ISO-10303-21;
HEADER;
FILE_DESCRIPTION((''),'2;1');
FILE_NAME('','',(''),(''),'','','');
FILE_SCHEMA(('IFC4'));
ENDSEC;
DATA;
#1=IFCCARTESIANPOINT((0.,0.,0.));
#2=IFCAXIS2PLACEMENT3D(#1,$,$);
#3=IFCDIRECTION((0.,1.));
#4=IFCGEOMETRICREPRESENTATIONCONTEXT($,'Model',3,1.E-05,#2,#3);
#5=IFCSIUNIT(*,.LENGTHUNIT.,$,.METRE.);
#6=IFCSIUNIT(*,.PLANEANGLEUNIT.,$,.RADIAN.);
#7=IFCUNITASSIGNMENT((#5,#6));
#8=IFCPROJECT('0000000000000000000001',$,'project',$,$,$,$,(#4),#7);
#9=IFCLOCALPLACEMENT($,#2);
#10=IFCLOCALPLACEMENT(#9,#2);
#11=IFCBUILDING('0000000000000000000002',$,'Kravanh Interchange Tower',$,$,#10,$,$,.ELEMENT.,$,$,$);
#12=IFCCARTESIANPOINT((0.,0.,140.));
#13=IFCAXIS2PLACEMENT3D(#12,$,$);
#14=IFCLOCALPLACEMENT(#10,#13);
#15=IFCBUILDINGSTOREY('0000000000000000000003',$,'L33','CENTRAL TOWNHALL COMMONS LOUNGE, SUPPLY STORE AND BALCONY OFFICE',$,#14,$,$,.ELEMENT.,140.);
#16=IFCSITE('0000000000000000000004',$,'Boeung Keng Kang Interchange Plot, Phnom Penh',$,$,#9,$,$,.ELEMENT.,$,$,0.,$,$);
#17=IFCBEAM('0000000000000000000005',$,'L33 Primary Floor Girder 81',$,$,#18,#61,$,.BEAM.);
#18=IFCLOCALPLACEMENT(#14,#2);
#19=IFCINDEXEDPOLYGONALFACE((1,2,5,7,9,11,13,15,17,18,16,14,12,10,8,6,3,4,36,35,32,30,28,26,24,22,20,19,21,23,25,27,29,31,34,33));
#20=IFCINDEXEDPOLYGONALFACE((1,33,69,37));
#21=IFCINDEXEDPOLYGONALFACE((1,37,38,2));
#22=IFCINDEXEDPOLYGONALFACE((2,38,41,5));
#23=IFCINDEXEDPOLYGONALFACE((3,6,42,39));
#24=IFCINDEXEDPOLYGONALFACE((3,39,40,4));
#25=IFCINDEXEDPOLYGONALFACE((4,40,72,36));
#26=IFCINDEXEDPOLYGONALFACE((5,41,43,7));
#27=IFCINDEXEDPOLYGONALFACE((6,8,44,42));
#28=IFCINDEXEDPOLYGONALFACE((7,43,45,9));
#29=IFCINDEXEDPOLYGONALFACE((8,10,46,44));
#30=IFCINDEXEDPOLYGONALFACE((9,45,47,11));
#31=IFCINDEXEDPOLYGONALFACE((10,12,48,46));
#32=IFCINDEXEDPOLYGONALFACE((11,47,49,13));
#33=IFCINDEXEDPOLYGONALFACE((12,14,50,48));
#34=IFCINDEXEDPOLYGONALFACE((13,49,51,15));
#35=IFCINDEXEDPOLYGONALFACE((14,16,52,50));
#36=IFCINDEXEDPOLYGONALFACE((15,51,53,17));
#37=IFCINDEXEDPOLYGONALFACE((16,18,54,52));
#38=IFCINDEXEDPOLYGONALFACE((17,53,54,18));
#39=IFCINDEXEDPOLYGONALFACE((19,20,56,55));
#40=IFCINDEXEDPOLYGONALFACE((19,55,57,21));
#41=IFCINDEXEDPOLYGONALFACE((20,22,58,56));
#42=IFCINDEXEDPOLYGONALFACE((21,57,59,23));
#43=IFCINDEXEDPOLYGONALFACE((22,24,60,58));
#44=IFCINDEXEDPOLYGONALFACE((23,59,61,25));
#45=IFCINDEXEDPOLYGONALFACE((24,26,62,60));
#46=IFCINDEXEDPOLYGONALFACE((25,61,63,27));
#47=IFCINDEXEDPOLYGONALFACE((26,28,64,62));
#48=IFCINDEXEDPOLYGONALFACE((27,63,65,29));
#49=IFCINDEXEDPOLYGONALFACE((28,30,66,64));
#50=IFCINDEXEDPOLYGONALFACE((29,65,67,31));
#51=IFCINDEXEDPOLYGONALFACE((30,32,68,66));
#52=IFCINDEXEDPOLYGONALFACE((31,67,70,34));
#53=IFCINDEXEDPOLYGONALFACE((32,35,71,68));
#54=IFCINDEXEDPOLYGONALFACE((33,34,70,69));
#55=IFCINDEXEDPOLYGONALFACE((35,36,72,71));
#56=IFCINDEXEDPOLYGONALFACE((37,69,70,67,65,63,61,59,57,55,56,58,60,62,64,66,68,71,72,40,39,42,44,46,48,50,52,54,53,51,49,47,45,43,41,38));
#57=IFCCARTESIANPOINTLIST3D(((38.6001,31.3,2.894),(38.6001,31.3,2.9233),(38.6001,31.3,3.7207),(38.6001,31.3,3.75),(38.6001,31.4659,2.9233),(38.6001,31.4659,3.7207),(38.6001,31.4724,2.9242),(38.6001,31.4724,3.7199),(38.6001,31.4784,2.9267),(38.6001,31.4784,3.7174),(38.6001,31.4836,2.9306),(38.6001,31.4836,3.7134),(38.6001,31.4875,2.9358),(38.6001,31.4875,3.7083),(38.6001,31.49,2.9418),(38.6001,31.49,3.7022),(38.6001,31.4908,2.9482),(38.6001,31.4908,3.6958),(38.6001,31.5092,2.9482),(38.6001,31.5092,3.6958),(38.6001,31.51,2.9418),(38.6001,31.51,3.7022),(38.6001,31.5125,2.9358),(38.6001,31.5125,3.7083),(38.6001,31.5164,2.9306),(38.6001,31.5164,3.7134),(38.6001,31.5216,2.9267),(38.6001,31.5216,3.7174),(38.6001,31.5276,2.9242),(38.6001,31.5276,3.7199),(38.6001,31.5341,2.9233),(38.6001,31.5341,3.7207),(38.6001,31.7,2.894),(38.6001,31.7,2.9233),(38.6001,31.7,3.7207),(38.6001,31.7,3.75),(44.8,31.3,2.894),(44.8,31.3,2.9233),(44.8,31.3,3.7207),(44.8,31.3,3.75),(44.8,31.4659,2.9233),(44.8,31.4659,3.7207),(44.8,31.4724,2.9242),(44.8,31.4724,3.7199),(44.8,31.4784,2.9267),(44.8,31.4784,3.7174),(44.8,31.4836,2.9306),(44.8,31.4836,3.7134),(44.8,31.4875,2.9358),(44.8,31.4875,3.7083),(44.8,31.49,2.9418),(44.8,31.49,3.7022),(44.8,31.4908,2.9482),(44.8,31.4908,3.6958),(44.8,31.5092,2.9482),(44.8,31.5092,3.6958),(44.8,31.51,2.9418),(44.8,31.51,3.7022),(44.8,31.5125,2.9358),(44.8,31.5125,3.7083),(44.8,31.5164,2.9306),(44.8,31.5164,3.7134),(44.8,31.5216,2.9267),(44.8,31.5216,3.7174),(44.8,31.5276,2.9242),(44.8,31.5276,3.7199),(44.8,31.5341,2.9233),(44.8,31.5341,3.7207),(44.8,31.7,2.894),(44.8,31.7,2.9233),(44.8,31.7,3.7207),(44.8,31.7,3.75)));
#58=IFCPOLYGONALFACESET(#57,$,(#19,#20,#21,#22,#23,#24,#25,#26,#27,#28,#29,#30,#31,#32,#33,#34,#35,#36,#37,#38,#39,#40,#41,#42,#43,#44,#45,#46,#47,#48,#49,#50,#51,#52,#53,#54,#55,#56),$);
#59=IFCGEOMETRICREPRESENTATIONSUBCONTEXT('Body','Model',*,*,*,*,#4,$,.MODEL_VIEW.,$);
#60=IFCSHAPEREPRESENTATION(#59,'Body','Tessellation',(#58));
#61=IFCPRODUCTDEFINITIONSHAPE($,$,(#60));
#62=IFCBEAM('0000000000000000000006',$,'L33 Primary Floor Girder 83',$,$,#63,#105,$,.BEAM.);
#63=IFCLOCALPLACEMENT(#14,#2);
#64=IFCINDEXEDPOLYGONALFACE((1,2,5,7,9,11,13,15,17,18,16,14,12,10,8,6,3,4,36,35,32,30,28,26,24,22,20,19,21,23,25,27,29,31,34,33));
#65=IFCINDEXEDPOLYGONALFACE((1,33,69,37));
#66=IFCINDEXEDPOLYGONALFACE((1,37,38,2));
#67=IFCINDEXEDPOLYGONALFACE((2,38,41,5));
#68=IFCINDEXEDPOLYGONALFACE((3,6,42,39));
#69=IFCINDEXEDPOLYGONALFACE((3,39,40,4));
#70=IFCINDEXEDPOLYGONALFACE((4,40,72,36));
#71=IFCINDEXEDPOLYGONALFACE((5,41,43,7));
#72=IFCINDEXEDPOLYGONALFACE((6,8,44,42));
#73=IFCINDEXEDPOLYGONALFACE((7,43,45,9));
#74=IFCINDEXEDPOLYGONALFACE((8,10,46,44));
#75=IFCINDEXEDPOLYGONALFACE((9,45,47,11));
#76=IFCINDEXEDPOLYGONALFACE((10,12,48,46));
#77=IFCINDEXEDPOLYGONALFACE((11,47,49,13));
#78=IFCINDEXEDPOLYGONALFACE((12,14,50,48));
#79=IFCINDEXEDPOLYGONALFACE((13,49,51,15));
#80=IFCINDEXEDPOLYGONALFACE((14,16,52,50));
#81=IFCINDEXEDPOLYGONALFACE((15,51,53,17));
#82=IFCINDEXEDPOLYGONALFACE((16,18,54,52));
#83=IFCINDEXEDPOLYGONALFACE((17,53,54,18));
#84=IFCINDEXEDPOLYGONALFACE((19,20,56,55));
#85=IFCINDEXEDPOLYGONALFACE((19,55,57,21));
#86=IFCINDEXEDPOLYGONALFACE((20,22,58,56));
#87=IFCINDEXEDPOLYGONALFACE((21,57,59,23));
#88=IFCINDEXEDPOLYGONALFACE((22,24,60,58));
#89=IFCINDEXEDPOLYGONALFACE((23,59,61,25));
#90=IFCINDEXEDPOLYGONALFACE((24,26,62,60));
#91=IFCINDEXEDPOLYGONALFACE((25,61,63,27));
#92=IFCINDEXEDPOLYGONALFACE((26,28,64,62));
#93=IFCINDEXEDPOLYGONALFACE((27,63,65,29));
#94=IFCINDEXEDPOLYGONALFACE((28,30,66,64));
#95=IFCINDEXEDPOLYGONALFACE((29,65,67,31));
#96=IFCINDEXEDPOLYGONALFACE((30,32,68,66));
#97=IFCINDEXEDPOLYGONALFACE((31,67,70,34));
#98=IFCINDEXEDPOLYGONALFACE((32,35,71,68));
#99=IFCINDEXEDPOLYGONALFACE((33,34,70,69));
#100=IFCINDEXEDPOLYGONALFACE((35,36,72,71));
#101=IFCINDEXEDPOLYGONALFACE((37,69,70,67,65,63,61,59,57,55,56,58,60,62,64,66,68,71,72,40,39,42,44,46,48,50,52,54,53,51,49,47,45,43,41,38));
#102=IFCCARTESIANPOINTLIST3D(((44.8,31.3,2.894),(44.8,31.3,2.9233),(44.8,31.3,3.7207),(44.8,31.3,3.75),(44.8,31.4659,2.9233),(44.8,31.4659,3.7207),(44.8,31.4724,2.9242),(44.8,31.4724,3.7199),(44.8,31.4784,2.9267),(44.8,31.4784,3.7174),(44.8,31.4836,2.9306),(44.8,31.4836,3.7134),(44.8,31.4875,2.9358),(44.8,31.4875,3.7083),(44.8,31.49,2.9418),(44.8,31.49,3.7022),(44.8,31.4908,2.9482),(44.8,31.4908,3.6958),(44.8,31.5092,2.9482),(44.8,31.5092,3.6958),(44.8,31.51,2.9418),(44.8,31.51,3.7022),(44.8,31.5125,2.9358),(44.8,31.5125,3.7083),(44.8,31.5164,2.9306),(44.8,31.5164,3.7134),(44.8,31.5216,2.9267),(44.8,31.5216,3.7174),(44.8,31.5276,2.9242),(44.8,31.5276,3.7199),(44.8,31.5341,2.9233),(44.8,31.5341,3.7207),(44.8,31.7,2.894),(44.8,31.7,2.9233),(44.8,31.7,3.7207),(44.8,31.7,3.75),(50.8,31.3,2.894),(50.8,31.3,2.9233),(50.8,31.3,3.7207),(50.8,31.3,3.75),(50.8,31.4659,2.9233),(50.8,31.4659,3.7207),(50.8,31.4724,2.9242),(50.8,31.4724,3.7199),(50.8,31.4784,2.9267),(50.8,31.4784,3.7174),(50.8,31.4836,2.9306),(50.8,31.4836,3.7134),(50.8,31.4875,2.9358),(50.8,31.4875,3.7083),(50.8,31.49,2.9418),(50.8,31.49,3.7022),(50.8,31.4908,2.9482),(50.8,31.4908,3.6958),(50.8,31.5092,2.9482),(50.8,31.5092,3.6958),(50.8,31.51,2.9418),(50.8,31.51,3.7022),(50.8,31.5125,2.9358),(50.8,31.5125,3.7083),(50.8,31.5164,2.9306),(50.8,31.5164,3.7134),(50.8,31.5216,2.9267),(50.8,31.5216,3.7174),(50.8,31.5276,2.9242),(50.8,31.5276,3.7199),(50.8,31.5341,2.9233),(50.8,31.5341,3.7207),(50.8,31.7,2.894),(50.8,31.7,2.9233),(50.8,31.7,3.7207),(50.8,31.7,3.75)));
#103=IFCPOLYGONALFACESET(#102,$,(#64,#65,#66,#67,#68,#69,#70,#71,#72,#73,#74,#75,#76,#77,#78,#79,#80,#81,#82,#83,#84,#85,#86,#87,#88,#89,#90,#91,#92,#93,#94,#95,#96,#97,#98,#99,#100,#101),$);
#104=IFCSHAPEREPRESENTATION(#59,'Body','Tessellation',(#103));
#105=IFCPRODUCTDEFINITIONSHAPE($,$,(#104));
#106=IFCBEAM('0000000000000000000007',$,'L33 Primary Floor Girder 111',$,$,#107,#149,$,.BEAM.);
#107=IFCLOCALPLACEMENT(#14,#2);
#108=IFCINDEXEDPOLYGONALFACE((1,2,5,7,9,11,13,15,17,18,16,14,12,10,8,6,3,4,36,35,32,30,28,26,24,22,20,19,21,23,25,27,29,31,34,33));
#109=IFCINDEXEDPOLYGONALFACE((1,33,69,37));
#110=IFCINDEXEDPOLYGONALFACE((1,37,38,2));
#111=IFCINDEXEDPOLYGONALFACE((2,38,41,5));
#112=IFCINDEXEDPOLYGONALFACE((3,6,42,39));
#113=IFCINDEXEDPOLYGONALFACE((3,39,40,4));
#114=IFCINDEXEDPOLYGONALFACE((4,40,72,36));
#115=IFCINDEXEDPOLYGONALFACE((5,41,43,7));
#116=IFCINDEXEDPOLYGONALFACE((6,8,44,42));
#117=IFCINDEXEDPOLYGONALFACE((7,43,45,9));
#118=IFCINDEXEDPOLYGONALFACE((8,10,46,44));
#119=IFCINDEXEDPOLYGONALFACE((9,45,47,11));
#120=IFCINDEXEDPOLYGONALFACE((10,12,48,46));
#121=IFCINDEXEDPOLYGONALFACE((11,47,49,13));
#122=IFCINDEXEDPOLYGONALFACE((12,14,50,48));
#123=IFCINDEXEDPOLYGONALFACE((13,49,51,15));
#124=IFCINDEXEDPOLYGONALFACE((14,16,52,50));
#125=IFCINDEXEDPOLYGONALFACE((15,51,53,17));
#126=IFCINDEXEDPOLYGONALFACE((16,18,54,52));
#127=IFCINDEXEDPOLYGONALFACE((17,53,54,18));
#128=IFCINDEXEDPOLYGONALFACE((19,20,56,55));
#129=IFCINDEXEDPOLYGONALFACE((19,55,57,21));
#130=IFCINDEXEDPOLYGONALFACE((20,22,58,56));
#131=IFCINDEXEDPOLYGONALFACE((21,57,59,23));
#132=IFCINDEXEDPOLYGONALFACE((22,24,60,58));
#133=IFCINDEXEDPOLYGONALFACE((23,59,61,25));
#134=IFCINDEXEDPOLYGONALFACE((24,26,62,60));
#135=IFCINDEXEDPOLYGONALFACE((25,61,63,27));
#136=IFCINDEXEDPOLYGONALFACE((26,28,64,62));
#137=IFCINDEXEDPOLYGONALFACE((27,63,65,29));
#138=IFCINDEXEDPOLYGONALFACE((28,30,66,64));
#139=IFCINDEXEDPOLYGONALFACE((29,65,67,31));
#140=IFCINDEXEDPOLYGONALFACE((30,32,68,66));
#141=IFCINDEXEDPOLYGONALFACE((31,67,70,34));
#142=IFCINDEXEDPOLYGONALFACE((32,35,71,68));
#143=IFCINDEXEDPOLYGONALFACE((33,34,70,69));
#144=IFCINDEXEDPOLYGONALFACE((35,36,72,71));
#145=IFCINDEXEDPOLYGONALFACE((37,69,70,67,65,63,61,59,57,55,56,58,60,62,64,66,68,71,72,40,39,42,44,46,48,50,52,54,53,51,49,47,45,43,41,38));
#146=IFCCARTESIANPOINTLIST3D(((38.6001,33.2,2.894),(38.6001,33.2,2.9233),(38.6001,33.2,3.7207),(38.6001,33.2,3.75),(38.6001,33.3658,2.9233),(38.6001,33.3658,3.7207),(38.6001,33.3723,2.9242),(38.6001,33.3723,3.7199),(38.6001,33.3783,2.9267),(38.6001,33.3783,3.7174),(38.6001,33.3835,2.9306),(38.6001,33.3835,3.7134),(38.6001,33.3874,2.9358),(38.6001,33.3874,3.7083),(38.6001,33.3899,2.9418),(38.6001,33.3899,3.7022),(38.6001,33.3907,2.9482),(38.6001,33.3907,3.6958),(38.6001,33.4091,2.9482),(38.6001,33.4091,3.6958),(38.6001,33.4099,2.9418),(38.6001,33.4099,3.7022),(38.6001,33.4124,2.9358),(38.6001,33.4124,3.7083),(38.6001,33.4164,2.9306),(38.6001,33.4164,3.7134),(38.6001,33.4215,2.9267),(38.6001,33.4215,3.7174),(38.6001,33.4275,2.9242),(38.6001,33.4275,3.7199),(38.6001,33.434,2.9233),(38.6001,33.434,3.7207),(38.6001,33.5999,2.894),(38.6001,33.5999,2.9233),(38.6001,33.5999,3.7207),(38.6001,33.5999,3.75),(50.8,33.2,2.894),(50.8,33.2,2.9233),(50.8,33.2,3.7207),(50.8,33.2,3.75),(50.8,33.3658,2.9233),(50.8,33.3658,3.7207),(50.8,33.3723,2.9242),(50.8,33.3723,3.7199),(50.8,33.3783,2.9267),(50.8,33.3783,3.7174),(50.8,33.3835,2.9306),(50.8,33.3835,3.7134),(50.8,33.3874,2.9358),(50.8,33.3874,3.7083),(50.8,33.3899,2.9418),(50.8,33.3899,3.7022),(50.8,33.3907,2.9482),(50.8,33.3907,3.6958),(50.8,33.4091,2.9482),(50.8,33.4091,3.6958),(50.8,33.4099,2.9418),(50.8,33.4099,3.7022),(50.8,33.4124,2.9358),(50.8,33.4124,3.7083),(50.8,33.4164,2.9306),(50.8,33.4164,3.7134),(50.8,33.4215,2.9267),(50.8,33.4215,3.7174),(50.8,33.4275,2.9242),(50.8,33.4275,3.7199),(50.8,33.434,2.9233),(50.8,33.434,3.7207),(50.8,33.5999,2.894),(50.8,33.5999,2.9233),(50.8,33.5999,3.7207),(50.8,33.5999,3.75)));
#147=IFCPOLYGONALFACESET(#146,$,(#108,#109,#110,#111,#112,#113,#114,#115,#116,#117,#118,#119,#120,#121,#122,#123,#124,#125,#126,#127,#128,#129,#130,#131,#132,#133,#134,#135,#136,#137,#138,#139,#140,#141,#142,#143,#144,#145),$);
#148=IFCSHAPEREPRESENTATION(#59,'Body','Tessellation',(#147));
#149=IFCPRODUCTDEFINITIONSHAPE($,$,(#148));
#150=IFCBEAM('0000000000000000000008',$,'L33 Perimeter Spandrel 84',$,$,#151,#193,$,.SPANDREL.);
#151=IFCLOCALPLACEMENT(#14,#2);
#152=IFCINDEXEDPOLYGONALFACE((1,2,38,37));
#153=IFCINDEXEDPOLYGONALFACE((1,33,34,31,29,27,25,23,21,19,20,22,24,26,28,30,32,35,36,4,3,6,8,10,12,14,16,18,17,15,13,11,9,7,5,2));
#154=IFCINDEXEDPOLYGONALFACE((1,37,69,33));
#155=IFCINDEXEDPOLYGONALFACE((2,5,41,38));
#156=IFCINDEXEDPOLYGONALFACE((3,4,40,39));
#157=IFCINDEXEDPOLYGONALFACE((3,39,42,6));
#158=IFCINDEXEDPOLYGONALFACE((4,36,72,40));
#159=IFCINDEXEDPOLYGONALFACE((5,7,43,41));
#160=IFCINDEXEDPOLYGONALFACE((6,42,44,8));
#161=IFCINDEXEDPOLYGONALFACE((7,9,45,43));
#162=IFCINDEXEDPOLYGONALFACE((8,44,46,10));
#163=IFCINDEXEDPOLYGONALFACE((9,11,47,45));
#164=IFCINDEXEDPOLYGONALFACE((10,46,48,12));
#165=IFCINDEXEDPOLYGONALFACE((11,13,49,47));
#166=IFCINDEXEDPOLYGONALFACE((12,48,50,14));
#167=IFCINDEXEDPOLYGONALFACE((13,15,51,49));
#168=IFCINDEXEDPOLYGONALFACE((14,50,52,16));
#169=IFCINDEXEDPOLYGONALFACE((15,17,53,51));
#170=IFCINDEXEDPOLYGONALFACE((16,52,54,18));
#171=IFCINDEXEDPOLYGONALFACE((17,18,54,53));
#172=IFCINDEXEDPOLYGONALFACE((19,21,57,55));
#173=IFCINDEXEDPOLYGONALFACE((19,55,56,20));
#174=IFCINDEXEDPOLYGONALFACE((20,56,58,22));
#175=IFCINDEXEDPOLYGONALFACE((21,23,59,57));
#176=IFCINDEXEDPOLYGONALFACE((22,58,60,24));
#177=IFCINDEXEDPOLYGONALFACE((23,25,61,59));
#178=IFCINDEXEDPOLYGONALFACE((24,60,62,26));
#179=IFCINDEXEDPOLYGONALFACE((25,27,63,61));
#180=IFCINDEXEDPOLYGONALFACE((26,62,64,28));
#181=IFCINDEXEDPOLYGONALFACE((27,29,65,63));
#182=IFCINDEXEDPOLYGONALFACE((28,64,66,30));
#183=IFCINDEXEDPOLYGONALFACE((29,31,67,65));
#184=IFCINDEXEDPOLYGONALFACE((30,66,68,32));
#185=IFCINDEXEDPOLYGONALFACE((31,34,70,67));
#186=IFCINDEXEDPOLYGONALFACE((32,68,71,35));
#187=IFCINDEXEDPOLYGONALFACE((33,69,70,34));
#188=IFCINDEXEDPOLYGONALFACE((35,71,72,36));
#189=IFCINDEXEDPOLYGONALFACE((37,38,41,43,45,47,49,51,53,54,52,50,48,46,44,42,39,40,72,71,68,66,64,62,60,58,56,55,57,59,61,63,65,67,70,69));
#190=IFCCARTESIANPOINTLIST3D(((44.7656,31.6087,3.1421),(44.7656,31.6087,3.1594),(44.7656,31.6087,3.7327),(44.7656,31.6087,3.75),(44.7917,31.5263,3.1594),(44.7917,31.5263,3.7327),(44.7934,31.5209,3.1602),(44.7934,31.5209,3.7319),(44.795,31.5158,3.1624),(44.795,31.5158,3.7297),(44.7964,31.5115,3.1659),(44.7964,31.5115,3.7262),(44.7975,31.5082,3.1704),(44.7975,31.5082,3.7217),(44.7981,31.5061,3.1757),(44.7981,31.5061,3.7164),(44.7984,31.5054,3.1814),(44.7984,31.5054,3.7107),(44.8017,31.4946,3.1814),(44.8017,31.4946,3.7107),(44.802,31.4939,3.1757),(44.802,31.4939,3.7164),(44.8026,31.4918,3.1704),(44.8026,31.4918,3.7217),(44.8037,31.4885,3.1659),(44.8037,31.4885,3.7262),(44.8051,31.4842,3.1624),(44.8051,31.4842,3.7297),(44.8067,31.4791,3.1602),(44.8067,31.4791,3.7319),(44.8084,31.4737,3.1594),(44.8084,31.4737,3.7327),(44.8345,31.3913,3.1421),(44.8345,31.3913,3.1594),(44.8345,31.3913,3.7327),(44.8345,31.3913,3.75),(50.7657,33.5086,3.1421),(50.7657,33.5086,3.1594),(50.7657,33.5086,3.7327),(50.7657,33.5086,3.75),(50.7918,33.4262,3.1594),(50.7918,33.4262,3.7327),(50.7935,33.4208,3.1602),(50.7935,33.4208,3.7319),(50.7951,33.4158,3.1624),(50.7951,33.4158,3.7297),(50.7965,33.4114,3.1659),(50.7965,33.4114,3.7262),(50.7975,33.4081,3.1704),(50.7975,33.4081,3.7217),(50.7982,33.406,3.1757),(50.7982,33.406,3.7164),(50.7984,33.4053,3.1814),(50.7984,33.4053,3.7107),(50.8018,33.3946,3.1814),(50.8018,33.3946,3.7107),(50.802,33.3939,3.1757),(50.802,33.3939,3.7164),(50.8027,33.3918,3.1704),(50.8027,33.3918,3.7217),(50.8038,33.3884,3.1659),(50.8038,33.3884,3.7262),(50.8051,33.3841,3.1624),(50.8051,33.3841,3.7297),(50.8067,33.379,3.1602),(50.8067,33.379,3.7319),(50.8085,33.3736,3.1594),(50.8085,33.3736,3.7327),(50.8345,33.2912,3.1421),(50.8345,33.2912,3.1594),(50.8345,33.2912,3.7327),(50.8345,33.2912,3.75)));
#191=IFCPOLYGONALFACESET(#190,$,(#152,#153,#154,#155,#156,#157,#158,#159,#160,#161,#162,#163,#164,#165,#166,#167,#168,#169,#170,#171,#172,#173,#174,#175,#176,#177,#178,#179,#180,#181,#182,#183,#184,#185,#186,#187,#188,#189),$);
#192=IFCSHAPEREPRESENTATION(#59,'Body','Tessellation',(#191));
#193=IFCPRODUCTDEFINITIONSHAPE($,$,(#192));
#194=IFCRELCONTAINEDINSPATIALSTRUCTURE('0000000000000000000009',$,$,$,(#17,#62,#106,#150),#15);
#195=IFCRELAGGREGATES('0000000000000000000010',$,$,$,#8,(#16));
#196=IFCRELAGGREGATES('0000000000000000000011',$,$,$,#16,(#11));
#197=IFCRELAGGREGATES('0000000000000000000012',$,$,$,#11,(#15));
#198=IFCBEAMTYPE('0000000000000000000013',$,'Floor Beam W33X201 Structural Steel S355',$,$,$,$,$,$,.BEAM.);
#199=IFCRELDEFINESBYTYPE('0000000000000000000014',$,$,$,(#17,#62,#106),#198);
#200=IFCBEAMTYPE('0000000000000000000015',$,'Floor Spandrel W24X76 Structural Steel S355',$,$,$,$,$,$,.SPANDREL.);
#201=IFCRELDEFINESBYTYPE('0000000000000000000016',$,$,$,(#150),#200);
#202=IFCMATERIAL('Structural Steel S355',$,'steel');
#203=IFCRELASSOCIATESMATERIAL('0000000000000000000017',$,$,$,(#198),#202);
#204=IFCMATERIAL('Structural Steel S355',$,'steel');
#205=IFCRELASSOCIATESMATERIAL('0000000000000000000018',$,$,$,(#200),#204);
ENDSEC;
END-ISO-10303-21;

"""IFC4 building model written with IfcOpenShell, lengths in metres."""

from ifc_helpers import new_model, si_unit, direction, frame, origin, origin_2d, place, context, subcontext, project, spatial, i_section, extrude, material, material_profile, profile_set, type_object, element, save


model = new_model("IFC4")

# Units and contexts
model_context = context("Model", 3, precision=1e-05, world=origin(), true_north=direction((0.0, 1.0)))
body_context = subcontext(model_context, "Body", "Model", "MODEL_VIEW")
ifc_project = project(units=[si_unit("LENGTHUNIT", "METRE"), si_unit("PLANEANGLEUNIT", "RADIAN")], contexts=[model_context])

# Site, building, storey
site_placement = place(None, origin())
site = spatial("IfcSite", under=ifc_project, at=site_placement, Name="Boeung Keng Kang Interchange Plot, Phnom Penh", CompositionType="ELEMENT", RefElevation=0.0)
building_placement = place(site_placement, origin())
building = spatial("IfcBuilding", under=site, at=building_placement, Name="Kravanh Interchange Tower", CompositionType="ELEMENT")
storey_placement = place(building_placement, frame((0.0, 0.0, 140.0)))
storey = spatial("IfcBuildingStorey", under=building, at=storey_placement, Name="L33", Description="CENTRAL TOWNHALL COMMONS LOUNGE, SUPPLY STORE AND BALCONY OFFICE", CompositionType="ELEMENT", Elevation=140.0)

# Beams
ifc_material_1 = material(Name="Structural Steel S355", Category="steel")
ifc_material_profile_1 = material_profile(ifc_material_1, i_section(OverallWidth=0.3999, OverallDepth=0.856, WebThickness=0.0183, FlangeThickness=0.0293, FilletRadius=0.0249, at=origin_2d()), Name="W33X201")
ifc_profile_set_1 = profile_set([ifc_material_profile_1], Name="Structural Steel S355")
beam_type_1 = type_object("IfcBeamType", Name="Floor Beam W33X201 Structural Steel S355", PredefinedType="BEAM", material=ifc_profile_set_1)
beam_1_placement = place(storey_placement, frame((38.6001, 31.5, 3.322), z_axis=(1.0, 0.0, 0.0), x_axis=(0.0, 1.0, 0.0)))
element("IfcBeam", 1, at=beam_1_placement, inside=storey, type_object=beam_type_1, Name="L33 Primary Floor Girder 81", PredefinedType="BEAM", context=body_context, shape_type="SweptSolid", body=[
    extrude(i_section(OverallWidth=0.3999, OverallDepth=0.856, WebThickness=0.0183, FlangeThickness=0.0293, FilletRadius=0.0249, at=origin_2d()), origin(), (0.0, 0.0, 1.0), 6.2),
])
beam_2_placement = place(storey_placement, frame((44.8, 31.5, 3.322), z_axis=(1.0, 0.0, 0.0), x_axis=(0.0, 1.0, 0.0)))
element("IfcBeam", 2, at=beam_2_placement, inside=storey, type_object=beam_type_1, Name="L33 Primary Floor Girder 83", PredefinedType="BEAM", context=body_context, shape_type="SweptSolid", body=[
    extrude(i_section(OverallWidth=0.3999, OverallDepth=0.856, WebThickness=0.0183, FlangeThickness=0.0293, FilletRadius=0.0249, at=origin_2d()), origin(), (0.0, 0.0, 1.0), 6.0),
])
beam_3_placement = place(storey_placement, frame((38.6001, 33.3999, 3.322), z_axis=(1.0, 0.0, 0.0), x_axis=(0.0, 1.0, 0.0)))
element("IfcBeam", 3, at=beam_3_placement, inside=storey, type_object=beam_type_1, Name="L33 Primary Floor Girder 111", PredefinedType="BEAM", context=body_context, shape_type="SweptSolid", body=[
    extrude(i_section(OverallWidth=0.3999, OverallDepth=0.856, WebThickness=0.0183, FlangeThickness=0.0293, FilletRadius=0.0249, at=origin_2d()), origin(), (0.0, 0.0, 1.0), 12.2),
])
ifc_material_2 = material(Name="Structural Steel S355", Category="steel")
ifc_material_profile_2 = material_profile(ifc_material_2, i_section(OverallWidth=0.228, OverallDepth=0.6079, WebThickness=0.0112, FlangeThickness=0.0173, FilletRadius=0.022, at=origin_2d()), Name="W24X76")
ifc_profile_set_2 = profile_set([ifc_material_profile_2], Name="Structural Steel S355")
beam_type_2 = type_object("IfcBeamType", Name="Floor Spandrel W24X76 Structural Steel S355", PredefinedType="SPANDREL", material=ifc_profile_set_2)
beam_4_placement = place(storey_placement, frame((44.8, 31.5, 3.446), z_axis=(0.953347, 0.301878, 0.0), x_axis=(-0.301878, 0.953347, 0.0)))
element("IfcBeam", 4, at=beam_4_placement, inside=storey, type_object=beam_type_2, Name="L33 Perimeter Spandrel 84", PredefinedType="SPANDREL", context=body_context, shape_type="SweptSolid", body=[
    extrude(i_section(OverallWidth=0.228, OverallDepth=0.6079, WebThickness=0.0112, FlangeThickness=0.0173, FilletRadius=0.022, at=origin_2d()), origin(), (0.0, 0.0, 1.0), 6.2937),
])

save(model, "model.ifc")
